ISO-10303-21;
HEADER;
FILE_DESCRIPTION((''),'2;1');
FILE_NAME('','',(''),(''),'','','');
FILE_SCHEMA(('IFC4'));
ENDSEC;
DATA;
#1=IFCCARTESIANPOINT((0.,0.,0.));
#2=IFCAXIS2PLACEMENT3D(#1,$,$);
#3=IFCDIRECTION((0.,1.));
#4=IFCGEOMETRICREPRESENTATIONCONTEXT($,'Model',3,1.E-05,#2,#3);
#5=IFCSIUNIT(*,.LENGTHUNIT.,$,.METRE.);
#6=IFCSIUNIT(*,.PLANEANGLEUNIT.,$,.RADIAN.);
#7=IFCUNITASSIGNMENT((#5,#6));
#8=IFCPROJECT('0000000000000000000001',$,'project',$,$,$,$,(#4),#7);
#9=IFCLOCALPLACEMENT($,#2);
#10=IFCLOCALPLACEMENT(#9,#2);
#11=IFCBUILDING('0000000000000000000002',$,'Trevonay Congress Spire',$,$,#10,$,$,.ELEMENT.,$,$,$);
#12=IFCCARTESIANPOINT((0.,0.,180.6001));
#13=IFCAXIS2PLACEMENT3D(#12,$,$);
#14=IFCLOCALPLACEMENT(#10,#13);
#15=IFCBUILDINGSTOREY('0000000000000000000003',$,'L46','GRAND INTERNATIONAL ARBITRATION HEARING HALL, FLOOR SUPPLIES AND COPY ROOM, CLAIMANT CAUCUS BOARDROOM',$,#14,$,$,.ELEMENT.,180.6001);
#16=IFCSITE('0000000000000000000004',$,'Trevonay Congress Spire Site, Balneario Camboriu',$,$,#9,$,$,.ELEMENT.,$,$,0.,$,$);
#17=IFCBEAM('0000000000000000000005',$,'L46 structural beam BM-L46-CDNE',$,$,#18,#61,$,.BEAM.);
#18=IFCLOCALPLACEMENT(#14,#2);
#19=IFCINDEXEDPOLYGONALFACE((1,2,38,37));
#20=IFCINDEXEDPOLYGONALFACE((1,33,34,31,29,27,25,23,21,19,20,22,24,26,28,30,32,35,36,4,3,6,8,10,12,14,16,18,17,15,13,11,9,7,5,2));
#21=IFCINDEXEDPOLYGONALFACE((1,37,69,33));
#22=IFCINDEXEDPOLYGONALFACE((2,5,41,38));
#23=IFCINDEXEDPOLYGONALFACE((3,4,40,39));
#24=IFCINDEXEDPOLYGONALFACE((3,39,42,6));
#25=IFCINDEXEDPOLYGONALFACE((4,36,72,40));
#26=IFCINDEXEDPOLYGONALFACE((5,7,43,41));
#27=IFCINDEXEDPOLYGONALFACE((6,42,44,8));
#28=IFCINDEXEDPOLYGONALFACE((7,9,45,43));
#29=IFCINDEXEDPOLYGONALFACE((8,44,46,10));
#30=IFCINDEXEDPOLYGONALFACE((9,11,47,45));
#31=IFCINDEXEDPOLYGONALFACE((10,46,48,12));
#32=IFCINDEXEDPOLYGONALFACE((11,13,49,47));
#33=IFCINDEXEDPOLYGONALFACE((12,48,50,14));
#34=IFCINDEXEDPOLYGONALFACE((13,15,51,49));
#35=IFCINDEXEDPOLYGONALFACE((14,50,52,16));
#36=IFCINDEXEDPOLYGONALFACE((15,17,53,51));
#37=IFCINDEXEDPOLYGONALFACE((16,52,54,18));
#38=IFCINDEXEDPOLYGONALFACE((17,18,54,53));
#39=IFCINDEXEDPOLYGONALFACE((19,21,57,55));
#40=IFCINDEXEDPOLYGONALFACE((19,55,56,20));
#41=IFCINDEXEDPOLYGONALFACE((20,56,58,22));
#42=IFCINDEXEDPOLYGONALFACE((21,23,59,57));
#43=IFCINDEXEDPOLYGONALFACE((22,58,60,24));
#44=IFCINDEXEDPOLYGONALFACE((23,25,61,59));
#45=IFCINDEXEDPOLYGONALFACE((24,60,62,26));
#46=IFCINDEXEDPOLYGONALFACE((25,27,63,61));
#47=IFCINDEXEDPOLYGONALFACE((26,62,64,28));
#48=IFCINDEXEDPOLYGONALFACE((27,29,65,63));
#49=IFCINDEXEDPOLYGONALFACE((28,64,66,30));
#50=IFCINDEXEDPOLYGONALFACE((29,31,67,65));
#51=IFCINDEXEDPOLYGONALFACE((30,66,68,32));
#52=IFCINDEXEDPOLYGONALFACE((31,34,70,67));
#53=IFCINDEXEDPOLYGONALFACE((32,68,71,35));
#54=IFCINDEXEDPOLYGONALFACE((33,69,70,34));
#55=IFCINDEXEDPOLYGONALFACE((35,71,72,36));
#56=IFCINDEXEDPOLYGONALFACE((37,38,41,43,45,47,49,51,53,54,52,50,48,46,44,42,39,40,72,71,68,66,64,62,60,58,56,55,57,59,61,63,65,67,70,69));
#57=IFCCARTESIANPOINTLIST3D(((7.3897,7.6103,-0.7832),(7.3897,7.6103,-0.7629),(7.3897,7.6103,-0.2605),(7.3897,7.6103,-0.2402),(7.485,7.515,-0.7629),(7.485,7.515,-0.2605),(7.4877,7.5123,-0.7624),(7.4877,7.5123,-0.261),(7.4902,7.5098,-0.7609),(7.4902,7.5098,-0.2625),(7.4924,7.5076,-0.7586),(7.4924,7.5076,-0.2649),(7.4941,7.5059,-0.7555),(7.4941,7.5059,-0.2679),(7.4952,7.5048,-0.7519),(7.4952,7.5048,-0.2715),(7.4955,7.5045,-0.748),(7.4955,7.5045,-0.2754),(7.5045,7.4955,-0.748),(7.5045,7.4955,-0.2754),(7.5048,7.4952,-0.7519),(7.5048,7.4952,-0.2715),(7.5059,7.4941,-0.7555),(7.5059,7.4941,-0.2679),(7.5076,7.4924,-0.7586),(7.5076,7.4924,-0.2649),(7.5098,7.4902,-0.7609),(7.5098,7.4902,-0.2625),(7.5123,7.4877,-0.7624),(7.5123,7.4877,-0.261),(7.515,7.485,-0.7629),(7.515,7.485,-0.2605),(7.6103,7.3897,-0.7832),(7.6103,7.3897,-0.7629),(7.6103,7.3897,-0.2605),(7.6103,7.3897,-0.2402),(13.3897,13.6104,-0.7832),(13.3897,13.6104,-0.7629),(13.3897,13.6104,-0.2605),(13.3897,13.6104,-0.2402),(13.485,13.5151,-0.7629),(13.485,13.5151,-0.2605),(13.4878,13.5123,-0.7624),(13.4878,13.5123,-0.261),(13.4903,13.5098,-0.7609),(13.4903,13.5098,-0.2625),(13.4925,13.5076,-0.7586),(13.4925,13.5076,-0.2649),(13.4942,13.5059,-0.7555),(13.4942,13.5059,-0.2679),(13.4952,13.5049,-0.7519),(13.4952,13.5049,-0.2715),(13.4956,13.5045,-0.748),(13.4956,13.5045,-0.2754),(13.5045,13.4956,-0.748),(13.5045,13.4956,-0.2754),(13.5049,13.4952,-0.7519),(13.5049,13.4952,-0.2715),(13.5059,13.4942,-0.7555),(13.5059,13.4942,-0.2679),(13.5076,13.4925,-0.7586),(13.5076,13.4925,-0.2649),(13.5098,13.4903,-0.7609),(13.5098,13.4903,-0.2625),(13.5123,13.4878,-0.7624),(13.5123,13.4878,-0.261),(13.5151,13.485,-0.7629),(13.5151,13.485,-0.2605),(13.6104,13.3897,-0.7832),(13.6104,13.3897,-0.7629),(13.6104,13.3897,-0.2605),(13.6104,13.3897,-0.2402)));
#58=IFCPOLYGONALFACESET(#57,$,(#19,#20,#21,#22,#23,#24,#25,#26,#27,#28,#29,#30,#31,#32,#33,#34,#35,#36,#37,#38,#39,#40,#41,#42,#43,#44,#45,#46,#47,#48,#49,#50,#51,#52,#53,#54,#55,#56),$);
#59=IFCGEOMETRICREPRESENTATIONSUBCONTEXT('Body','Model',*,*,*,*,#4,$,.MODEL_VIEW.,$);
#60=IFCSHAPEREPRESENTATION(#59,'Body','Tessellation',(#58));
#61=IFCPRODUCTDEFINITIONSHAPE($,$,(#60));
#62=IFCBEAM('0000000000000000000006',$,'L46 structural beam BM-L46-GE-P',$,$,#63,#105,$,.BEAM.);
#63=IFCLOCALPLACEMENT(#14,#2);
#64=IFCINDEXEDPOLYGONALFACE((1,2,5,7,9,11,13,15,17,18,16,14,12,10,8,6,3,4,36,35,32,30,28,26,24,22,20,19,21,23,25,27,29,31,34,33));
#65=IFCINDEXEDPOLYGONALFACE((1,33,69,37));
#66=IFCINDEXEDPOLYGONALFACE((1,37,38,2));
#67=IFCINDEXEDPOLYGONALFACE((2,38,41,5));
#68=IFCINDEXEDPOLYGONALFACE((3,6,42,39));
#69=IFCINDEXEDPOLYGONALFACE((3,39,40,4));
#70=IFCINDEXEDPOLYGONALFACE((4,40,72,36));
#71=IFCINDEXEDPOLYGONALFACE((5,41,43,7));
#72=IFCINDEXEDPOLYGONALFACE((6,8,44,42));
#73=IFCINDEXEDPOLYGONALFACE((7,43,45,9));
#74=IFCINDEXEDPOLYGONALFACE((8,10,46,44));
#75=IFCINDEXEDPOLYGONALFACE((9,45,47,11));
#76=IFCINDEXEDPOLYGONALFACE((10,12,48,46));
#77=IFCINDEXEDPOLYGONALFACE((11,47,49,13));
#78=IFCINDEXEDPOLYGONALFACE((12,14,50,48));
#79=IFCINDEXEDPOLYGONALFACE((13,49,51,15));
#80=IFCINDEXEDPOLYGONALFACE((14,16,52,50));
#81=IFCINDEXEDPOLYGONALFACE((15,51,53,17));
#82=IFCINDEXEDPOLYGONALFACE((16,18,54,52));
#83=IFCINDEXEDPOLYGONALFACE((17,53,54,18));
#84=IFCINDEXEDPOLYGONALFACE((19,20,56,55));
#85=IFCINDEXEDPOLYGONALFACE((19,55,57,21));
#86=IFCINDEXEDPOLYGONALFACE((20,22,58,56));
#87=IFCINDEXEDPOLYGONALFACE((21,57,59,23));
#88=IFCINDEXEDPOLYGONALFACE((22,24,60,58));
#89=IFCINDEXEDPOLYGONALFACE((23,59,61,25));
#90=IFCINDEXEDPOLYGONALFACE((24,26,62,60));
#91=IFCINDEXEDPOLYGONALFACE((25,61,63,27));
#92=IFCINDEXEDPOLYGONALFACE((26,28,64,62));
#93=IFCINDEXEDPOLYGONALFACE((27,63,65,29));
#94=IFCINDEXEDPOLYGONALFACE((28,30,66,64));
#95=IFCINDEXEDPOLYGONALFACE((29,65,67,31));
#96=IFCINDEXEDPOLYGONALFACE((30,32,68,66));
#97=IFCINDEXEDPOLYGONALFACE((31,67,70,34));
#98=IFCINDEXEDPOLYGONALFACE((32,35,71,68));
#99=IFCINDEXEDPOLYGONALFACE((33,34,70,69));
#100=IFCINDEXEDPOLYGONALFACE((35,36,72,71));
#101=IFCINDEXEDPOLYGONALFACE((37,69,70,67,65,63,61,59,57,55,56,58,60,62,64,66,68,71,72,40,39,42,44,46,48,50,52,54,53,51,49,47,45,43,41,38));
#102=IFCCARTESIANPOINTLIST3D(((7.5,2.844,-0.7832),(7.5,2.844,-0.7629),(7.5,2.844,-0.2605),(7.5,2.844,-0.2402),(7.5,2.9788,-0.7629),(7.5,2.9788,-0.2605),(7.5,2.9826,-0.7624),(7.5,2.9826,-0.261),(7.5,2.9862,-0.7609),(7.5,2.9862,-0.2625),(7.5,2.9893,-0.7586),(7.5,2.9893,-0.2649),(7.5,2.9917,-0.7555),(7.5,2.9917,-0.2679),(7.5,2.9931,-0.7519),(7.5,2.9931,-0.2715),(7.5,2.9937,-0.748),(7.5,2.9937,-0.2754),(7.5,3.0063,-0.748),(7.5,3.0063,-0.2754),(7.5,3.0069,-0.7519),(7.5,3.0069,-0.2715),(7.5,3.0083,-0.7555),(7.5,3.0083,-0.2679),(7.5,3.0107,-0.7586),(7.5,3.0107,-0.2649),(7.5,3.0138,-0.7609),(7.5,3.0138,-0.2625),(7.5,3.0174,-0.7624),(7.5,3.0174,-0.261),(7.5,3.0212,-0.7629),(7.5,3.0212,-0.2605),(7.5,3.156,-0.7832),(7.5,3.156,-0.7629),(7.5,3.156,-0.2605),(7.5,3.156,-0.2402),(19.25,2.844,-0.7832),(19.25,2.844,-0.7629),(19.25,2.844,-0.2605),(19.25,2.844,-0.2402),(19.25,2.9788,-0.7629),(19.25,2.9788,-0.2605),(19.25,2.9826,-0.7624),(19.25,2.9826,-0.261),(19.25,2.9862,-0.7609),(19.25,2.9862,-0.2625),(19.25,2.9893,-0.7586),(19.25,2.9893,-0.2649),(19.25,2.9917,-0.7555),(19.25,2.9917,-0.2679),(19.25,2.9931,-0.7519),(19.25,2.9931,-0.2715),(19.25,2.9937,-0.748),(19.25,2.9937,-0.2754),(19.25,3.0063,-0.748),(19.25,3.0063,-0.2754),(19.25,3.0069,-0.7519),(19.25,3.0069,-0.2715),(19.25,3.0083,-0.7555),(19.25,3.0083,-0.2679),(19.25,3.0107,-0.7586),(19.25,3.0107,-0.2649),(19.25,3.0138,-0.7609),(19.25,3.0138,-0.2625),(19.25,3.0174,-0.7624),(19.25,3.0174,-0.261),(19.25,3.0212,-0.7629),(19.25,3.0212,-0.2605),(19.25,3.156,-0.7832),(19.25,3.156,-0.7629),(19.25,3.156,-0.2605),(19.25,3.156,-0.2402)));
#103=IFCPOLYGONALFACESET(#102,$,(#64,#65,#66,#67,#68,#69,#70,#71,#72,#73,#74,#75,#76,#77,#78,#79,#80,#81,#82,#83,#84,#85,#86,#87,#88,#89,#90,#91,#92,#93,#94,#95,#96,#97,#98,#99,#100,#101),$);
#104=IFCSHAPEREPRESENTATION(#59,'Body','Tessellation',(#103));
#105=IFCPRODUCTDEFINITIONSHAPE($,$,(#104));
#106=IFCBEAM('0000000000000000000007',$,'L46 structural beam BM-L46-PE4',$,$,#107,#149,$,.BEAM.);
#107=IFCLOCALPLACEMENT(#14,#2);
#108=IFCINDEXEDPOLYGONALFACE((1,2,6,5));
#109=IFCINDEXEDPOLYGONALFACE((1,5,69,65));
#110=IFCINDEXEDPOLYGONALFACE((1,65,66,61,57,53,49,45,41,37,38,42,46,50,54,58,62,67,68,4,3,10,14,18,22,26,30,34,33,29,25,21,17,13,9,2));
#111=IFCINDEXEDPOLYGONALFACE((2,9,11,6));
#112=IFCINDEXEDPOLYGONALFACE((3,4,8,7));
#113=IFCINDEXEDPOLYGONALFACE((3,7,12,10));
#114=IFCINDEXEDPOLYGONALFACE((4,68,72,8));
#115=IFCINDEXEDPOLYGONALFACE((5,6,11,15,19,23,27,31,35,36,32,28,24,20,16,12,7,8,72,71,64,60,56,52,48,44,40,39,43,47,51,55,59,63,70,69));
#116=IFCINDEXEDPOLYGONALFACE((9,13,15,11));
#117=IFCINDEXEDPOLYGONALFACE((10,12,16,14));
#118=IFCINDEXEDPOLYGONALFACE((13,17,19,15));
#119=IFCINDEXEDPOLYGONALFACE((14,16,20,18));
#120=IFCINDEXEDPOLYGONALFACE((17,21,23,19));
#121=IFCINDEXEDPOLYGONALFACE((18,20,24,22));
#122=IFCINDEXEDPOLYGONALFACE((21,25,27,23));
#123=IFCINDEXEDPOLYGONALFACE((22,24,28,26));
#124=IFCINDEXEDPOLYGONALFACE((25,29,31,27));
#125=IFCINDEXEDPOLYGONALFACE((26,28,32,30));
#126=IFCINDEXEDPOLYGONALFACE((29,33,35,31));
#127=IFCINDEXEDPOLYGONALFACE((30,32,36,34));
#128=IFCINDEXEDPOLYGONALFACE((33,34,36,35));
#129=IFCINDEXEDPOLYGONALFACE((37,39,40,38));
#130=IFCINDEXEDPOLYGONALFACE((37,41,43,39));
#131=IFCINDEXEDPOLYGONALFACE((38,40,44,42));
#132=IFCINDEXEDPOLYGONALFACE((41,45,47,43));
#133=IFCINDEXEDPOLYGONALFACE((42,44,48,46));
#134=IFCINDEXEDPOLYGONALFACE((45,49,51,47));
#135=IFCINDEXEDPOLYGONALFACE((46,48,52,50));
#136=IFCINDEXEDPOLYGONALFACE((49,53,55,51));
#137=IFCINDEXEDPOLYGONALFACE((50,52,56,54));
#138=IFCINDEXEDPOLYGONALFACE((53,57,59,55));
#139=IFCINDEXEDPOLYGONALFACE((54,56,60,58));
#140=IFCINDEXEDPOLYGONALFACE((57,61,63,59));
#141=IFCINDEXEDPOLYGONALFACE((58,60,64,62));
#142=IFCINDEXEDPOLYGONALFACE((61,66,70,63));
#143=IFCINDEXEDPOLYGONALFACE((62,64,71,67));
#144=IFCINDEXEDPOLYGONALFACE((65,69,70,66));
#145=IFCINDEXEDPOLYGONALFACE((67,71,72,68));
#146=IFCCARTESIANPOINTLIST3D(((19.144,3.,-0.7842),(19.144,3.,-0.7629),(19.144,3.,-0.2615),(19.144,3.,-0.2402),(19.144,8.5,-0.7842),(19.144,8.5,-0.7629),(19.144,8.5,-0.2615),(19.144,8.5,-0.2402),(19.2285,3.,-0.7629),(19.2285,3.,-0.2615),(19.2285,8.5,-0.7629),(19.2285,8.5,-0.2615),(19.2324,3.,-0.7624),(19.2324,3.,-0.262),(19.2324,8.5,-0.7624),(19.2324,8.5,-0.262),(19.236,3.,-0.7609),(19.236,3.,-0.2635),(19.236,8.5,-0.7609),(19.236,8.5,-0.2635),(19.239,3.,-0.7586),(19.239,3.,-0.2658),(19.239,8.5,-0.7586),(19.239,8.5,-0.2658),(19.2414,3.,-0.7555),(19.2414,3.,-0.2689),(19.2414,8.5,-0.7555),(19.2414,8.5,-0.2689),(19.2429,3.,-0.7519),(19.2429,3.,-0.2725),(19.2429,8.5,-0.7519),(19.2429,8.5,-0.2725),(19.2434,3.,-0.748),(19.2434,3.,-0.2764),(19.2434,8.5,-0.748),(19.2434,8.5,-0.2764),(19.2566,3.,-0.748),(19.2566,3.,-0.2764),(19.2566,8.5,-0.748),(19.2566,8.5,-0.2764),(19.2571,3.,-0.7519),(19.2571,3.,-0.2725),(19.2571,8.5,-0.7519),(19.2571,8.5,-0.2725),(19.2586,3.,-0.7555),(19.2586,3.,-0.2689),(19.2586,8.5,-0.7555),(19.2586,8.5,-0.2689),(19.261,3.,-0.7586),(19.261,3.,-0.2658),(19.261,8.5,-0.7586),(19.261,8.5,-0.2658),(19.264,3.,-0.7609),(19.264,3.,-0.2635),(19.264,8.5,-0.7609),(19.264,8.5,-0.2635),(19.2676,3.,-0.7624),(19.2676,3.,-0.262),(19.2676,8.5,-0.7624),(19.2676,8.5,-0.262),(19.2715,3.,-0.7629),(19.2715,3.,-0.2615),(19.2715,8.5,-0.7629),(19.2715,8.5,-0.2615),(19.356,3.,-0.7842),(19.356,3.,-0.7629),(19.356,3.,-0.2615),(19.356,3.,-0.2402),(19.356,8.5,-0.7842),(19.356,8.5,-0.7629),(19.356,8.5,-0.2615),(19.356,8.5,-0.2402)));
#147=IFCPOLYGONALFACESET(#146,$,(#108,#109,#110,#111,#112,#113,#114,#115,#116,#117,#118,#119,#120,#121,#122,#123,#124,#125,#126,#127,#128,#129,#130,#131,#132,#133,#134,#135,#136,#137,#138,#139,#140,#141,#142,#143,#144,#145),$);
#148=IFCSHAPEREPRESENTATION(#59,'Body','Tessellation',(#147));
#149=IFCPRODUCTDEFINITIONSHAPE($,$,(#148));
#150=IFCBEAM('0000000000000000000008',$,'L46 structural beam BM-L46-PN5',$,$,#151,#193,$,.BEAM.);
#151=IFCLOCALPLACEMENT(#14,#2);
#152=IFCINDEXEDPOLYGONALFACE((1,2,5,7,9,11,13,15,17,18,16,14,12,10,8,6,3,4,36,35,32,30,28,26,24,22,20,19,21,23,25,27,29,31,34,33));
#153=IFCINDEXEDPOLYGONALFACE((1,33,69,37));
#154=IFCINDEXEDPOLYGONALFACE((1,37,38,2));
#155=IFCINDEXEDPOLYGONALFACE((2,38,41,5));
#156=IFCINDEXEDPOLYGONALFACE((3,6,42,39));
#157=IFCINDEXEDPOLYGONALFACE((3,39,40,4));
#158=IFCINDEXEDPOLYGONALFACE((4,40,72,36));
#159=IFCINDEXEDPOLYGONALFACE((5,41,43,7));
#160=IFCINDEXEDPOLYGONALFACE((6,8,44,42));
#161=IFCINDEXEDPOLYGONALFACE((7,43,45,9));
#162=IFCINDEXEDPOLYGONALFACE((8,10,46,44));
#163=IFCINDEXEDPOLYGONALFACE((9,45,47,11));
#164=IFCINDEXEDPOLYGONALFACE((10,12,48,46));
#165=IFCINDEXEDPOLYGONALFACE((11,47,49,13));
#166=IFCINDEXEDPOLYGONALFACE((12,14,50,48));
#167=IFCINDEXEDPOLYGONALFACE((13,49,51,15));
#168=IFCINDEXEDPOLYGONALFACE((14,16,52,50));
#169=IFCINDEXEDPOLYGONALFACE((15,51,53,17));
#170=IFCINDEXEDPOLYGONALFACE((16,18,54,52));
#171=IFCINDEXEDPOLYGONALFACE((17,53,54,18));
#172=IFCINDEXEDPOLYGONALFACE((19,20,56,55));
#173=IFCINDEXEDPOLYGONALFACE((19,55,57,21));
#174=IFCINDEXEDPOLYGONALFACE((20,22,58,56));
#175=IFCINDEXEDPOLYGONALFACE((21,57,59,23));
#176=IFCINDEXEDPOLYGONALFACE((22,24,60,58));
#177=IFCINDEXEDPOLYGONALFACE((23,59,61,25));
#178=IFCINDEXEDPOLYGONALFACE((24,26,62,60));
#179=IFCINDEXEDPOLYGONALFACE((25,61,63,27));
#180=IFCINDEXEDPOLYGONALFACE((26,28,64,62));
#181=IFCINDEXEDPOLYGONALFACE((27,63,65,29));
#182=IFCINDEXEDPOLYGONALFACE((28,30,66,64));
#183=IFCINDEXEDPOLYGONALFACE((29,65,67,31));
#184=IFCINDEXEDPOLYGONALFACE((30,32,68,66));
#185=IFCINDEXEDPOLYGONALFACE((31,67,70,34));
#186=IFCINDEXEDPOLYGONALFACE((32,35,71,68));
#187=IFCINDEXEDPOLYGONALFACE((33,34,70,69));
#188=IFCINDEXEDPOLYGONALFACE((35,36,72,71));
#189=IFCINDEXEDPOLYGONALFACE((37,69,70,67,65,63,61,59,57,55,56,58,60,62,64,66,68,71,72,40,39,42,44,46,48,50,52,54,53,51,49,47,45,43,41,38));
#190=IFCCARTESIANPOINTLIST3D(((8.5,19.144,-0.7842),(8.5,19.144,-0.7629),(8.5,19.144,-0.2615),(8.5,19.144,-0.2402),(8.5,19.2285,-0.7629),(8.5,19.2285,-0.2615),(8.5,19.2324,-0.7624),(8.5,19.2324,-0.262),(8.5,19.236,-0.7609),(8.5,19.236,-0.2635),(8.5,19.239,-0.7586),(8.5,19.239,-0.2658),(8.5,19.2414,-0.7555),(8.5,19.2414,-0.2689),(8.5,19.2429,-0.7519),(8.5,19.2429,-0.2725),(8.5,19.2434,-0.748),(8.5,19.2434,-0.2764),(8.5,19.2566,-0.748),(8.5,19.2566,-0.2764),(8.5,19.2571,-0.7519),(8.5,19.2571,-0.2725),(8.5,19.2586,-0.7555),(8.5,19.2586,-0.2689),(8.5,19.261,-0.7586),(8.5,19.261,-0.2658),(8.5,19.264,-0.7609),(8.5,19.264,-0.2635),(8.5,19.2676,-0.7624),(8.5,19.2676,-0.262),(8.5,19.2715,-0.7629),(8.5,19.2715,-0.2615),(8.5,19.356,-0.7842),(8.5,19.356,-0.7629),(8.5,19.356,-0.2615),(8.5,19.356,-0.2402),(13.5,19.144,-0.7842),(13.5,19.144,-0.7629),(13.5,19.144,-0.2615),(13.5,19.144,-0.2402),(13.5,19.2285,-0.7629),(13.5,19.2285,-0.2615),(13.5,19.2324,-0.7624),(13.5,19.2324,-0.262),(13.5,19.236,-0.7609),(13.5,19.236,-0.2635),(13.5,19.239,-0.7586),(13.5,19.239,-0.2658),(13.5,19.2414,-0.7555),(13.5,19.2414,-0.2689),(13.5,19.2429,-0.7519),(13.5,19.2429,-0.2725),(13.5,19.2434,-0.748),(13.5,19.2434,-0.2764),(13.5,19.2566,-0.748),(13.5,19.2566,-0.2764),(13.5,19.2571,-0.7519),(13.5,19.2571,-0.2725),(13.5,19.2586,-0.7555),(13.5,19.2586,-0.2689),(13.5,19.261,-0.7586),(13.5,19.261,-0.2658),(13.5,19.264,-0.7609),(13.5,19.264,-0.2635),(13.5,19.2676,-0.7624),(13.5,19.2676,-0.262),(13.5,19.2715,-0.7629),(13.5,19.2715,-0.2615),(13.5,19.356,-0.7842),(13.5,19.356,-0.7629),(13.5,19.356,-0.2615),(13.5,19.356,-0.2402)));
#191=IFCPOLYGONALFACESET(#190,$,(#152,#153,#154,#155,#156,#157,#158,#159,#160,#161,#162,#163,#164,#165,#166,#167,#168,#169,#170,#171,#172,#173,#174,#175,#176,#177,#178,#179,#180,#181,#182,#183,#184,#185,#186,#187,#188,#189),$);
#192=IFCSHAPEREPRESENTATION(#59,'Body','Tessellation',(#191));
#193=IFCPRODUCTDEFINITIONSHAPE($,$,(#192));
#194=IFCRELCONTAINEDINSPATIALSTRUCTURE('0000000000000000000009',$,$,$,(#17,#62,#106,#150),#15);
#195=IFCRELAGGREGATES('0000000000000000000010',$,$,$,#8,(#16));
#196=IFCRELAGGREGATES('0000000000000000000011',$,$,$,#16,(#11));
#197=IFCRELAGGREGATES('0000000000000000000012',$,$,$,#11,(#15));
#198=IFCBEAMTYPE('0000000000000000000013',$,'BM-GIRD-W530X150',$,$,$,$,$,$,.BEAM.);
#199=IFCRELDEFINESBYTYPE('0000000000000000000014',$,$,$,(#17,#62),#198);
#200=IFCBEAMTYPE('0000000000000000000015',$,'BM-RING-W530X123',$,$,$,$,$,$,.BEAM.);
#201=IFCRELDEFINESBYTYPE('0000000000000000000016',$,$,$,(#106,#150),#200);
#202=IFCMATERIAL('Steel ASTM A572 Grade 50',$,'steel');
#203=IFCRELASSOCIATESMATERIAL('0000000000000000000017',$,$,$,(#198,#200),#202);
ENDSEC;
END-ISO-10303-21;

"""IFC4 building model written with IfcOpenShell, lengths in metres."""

from ifc_helpers import new_model, si_unit, direction, frame, origin, origin_2d, place, context, subcontext, project, spatial, i_section, extrude, material, material_profile, profile_set, type_object, element, save


model = new_model("IFC4")

# Units and contexts
model_context = context("Model", 3, precision=1e-05, world=origin(), true_north=direction((0.0, 1.0)))
body_context = subcontext(model_context, "Body", "Model", "MODEL_VIEW")
ifc_project = project(units=[si_unit("LENGTHUNIT", "METRE"), si_unit("PLANEANGLEUNIT", "RADIAN")], contexts=[model_context])

# Site, building, storey
site_placement = place(None, origin())
site = spatial("IfcSite", under=ifc_project, at=site_placement, Name="Trevonay Congress Spire Site, Balneario Camboriu", CompositionType="ELEMENT", RefElevation=0.0)
building_placement = place(site_placement, origin())
building = spatial("IfcBuilding", under=site, at=building_placement, Name="Trevonay Congress Spire", CompositionType="ELEMENT")
storey_placement = place(building_placement, frame((0.0, 0.0, 180.6001)))
storey = spatial("IfcBuildingStorey", under=building, at=storey_placement, Name="L46", Description="GRAND INTERNATIONAL ARBITRATION HEARING HALL, FLOOR SUPPLIES AND COPY ROOM, CLAIMANT CAUCUS BOARDROOM", CompositionType="ELEMENT", Elevation=180.6001)

# Shared definitions
ifc_material_1 = material(Name="Steel ASTM A572 Grade 50", Category="steel")

# Beams
ifc_material_profile_1 = material_profile(ifc_material_1, i_section(OverallWidth=0.312, OverallDepth=0.543, WebThickness=0.0127, FlangeThickness=0.0203, FilletRadius=0.0149, at=origin_2d()), Name="W530x150")
ifc_profile_set_1 = profile_set([ifc_material_profile_1], Name="Steel ASTM A572 Grade 50")
beam_type_1 = type_object("IfcBeamType", Name="BM-GIRD-W530X150", PredefinedType="BEAM", material=ifc_profile_set_1)
beam_1_placement = place(storey_placement, frame((7.5, 7.5, -0.5117), z_axis=(0.707107, 0.707107, 0.0), x_axis=(-0.707107, 0.707107, 0.0)))
element("IfcBeam", 1, at=beam_1_placement, inside=storey, type_object=beam_type_1, Name="L46 structural beam BM-L46-CDNE", PredefinedType="BEAM", context=body_context, shape_type="SweptSolid", body=[
    extrude(i_section(OverallWidth=0.312, OverallDepth=0.543, WebThickness=0.0127, FlangeThickness=0.0203, FilletRadius=0.0149, at=origin_2d()), origin(), (0.0, 0.0, 1.0), 8.4854),
])
beam_2_placement = place(storey_placement, frame((7.5, 3.0, -0.5117), z_axis=(1.0, 0.0, 0.0), x_axis=(0.0, 1.0, 0.0)))
element("IfcBeam", 2, at=beam_2_placement, inside=storey, type_object=beam_type_1, Name="L46 structural beam BM-L46-GE-P", PredefinedType="BEAM", context=body_context, shape_type="SweptSolid", body=[
    extrude(i_section(OverallWidth=0.312, OverallDepth=0.543, WebThickness=0.0127, FlangeThickness=0.0203, FilletRadius=0.0149, at=origin_2d()), origin(), (0.0, 0.0, 1.0), 11.75),
])
ifc_material_profile_2 = material_profile(ifc_material_1, i_section(OverallWidth=0.2119, OverallDepth=0.5439, WebThickness=0.0132, FlangeThickness=0.0212, FilletRadius=0.0149, at=origin_2d()), Name="W530x123")
ifc_profile_set_2 = profile_set([ifc_material_profile_2], Name="Steel ASTM A572 Grade 50")
beam_type_2 = type_object("IfcBeamType", Name="BM-RING-W530X123", PredefinedType="BEAM", material=ifc_profile_set_2)
beam_3_placement = place(storey_placement, frame((19.25, 3.0, -0.5122), z_axis=(0.0, 1.0, 0.0), x_axis=(-1.0, 0.0, 0.0)))
element("IfcBeam", 3, at=beam_3_placement, inside=storey, type_object=beam_type_2, Name="L46 structural beam BM-L46-PE4", PredefinedType="BEAM", context=body_context, shape_type="SweptSolid", body=[
    extrude(i_section(OverallWidth=0.2119, OverallDepth=0.5439, WebThickness=0.0132, FlangeThickness=0.0212, FilletRadius=0.0149, at=origin_2d()), origin(), (0.0, 0.0, 1.0), 5.5),
])
for number, where, z_axis, x_axis, name in (
    (4, (8.5, 19.25, -0.5122), (1.0, 0.0, 0.0), (0.0, 1.0, 0.0), "L46 structural beam BM-L46-PN5"),
):
    element("IfcBeam", number, at=place(storey_placement, frame(where, z_axis=z_axis, x_axis=x_axis)), inside=storey, type_object=beam_type_2, Name=name, PredefinedType="BEAM", context=body_context, shape_type="SweptSolid", body=[
        extrude(i_section(OverallWidth=0.2119, OverallDepth=0.5439, WebThickness=0.0132, FlangeThickness=0.0212, FilletRadius=0.0149, at=origin_2d()), origin(), (0.0, 0.0, 1.0), 5.0),
    ])

save(model, "model.ifc")
